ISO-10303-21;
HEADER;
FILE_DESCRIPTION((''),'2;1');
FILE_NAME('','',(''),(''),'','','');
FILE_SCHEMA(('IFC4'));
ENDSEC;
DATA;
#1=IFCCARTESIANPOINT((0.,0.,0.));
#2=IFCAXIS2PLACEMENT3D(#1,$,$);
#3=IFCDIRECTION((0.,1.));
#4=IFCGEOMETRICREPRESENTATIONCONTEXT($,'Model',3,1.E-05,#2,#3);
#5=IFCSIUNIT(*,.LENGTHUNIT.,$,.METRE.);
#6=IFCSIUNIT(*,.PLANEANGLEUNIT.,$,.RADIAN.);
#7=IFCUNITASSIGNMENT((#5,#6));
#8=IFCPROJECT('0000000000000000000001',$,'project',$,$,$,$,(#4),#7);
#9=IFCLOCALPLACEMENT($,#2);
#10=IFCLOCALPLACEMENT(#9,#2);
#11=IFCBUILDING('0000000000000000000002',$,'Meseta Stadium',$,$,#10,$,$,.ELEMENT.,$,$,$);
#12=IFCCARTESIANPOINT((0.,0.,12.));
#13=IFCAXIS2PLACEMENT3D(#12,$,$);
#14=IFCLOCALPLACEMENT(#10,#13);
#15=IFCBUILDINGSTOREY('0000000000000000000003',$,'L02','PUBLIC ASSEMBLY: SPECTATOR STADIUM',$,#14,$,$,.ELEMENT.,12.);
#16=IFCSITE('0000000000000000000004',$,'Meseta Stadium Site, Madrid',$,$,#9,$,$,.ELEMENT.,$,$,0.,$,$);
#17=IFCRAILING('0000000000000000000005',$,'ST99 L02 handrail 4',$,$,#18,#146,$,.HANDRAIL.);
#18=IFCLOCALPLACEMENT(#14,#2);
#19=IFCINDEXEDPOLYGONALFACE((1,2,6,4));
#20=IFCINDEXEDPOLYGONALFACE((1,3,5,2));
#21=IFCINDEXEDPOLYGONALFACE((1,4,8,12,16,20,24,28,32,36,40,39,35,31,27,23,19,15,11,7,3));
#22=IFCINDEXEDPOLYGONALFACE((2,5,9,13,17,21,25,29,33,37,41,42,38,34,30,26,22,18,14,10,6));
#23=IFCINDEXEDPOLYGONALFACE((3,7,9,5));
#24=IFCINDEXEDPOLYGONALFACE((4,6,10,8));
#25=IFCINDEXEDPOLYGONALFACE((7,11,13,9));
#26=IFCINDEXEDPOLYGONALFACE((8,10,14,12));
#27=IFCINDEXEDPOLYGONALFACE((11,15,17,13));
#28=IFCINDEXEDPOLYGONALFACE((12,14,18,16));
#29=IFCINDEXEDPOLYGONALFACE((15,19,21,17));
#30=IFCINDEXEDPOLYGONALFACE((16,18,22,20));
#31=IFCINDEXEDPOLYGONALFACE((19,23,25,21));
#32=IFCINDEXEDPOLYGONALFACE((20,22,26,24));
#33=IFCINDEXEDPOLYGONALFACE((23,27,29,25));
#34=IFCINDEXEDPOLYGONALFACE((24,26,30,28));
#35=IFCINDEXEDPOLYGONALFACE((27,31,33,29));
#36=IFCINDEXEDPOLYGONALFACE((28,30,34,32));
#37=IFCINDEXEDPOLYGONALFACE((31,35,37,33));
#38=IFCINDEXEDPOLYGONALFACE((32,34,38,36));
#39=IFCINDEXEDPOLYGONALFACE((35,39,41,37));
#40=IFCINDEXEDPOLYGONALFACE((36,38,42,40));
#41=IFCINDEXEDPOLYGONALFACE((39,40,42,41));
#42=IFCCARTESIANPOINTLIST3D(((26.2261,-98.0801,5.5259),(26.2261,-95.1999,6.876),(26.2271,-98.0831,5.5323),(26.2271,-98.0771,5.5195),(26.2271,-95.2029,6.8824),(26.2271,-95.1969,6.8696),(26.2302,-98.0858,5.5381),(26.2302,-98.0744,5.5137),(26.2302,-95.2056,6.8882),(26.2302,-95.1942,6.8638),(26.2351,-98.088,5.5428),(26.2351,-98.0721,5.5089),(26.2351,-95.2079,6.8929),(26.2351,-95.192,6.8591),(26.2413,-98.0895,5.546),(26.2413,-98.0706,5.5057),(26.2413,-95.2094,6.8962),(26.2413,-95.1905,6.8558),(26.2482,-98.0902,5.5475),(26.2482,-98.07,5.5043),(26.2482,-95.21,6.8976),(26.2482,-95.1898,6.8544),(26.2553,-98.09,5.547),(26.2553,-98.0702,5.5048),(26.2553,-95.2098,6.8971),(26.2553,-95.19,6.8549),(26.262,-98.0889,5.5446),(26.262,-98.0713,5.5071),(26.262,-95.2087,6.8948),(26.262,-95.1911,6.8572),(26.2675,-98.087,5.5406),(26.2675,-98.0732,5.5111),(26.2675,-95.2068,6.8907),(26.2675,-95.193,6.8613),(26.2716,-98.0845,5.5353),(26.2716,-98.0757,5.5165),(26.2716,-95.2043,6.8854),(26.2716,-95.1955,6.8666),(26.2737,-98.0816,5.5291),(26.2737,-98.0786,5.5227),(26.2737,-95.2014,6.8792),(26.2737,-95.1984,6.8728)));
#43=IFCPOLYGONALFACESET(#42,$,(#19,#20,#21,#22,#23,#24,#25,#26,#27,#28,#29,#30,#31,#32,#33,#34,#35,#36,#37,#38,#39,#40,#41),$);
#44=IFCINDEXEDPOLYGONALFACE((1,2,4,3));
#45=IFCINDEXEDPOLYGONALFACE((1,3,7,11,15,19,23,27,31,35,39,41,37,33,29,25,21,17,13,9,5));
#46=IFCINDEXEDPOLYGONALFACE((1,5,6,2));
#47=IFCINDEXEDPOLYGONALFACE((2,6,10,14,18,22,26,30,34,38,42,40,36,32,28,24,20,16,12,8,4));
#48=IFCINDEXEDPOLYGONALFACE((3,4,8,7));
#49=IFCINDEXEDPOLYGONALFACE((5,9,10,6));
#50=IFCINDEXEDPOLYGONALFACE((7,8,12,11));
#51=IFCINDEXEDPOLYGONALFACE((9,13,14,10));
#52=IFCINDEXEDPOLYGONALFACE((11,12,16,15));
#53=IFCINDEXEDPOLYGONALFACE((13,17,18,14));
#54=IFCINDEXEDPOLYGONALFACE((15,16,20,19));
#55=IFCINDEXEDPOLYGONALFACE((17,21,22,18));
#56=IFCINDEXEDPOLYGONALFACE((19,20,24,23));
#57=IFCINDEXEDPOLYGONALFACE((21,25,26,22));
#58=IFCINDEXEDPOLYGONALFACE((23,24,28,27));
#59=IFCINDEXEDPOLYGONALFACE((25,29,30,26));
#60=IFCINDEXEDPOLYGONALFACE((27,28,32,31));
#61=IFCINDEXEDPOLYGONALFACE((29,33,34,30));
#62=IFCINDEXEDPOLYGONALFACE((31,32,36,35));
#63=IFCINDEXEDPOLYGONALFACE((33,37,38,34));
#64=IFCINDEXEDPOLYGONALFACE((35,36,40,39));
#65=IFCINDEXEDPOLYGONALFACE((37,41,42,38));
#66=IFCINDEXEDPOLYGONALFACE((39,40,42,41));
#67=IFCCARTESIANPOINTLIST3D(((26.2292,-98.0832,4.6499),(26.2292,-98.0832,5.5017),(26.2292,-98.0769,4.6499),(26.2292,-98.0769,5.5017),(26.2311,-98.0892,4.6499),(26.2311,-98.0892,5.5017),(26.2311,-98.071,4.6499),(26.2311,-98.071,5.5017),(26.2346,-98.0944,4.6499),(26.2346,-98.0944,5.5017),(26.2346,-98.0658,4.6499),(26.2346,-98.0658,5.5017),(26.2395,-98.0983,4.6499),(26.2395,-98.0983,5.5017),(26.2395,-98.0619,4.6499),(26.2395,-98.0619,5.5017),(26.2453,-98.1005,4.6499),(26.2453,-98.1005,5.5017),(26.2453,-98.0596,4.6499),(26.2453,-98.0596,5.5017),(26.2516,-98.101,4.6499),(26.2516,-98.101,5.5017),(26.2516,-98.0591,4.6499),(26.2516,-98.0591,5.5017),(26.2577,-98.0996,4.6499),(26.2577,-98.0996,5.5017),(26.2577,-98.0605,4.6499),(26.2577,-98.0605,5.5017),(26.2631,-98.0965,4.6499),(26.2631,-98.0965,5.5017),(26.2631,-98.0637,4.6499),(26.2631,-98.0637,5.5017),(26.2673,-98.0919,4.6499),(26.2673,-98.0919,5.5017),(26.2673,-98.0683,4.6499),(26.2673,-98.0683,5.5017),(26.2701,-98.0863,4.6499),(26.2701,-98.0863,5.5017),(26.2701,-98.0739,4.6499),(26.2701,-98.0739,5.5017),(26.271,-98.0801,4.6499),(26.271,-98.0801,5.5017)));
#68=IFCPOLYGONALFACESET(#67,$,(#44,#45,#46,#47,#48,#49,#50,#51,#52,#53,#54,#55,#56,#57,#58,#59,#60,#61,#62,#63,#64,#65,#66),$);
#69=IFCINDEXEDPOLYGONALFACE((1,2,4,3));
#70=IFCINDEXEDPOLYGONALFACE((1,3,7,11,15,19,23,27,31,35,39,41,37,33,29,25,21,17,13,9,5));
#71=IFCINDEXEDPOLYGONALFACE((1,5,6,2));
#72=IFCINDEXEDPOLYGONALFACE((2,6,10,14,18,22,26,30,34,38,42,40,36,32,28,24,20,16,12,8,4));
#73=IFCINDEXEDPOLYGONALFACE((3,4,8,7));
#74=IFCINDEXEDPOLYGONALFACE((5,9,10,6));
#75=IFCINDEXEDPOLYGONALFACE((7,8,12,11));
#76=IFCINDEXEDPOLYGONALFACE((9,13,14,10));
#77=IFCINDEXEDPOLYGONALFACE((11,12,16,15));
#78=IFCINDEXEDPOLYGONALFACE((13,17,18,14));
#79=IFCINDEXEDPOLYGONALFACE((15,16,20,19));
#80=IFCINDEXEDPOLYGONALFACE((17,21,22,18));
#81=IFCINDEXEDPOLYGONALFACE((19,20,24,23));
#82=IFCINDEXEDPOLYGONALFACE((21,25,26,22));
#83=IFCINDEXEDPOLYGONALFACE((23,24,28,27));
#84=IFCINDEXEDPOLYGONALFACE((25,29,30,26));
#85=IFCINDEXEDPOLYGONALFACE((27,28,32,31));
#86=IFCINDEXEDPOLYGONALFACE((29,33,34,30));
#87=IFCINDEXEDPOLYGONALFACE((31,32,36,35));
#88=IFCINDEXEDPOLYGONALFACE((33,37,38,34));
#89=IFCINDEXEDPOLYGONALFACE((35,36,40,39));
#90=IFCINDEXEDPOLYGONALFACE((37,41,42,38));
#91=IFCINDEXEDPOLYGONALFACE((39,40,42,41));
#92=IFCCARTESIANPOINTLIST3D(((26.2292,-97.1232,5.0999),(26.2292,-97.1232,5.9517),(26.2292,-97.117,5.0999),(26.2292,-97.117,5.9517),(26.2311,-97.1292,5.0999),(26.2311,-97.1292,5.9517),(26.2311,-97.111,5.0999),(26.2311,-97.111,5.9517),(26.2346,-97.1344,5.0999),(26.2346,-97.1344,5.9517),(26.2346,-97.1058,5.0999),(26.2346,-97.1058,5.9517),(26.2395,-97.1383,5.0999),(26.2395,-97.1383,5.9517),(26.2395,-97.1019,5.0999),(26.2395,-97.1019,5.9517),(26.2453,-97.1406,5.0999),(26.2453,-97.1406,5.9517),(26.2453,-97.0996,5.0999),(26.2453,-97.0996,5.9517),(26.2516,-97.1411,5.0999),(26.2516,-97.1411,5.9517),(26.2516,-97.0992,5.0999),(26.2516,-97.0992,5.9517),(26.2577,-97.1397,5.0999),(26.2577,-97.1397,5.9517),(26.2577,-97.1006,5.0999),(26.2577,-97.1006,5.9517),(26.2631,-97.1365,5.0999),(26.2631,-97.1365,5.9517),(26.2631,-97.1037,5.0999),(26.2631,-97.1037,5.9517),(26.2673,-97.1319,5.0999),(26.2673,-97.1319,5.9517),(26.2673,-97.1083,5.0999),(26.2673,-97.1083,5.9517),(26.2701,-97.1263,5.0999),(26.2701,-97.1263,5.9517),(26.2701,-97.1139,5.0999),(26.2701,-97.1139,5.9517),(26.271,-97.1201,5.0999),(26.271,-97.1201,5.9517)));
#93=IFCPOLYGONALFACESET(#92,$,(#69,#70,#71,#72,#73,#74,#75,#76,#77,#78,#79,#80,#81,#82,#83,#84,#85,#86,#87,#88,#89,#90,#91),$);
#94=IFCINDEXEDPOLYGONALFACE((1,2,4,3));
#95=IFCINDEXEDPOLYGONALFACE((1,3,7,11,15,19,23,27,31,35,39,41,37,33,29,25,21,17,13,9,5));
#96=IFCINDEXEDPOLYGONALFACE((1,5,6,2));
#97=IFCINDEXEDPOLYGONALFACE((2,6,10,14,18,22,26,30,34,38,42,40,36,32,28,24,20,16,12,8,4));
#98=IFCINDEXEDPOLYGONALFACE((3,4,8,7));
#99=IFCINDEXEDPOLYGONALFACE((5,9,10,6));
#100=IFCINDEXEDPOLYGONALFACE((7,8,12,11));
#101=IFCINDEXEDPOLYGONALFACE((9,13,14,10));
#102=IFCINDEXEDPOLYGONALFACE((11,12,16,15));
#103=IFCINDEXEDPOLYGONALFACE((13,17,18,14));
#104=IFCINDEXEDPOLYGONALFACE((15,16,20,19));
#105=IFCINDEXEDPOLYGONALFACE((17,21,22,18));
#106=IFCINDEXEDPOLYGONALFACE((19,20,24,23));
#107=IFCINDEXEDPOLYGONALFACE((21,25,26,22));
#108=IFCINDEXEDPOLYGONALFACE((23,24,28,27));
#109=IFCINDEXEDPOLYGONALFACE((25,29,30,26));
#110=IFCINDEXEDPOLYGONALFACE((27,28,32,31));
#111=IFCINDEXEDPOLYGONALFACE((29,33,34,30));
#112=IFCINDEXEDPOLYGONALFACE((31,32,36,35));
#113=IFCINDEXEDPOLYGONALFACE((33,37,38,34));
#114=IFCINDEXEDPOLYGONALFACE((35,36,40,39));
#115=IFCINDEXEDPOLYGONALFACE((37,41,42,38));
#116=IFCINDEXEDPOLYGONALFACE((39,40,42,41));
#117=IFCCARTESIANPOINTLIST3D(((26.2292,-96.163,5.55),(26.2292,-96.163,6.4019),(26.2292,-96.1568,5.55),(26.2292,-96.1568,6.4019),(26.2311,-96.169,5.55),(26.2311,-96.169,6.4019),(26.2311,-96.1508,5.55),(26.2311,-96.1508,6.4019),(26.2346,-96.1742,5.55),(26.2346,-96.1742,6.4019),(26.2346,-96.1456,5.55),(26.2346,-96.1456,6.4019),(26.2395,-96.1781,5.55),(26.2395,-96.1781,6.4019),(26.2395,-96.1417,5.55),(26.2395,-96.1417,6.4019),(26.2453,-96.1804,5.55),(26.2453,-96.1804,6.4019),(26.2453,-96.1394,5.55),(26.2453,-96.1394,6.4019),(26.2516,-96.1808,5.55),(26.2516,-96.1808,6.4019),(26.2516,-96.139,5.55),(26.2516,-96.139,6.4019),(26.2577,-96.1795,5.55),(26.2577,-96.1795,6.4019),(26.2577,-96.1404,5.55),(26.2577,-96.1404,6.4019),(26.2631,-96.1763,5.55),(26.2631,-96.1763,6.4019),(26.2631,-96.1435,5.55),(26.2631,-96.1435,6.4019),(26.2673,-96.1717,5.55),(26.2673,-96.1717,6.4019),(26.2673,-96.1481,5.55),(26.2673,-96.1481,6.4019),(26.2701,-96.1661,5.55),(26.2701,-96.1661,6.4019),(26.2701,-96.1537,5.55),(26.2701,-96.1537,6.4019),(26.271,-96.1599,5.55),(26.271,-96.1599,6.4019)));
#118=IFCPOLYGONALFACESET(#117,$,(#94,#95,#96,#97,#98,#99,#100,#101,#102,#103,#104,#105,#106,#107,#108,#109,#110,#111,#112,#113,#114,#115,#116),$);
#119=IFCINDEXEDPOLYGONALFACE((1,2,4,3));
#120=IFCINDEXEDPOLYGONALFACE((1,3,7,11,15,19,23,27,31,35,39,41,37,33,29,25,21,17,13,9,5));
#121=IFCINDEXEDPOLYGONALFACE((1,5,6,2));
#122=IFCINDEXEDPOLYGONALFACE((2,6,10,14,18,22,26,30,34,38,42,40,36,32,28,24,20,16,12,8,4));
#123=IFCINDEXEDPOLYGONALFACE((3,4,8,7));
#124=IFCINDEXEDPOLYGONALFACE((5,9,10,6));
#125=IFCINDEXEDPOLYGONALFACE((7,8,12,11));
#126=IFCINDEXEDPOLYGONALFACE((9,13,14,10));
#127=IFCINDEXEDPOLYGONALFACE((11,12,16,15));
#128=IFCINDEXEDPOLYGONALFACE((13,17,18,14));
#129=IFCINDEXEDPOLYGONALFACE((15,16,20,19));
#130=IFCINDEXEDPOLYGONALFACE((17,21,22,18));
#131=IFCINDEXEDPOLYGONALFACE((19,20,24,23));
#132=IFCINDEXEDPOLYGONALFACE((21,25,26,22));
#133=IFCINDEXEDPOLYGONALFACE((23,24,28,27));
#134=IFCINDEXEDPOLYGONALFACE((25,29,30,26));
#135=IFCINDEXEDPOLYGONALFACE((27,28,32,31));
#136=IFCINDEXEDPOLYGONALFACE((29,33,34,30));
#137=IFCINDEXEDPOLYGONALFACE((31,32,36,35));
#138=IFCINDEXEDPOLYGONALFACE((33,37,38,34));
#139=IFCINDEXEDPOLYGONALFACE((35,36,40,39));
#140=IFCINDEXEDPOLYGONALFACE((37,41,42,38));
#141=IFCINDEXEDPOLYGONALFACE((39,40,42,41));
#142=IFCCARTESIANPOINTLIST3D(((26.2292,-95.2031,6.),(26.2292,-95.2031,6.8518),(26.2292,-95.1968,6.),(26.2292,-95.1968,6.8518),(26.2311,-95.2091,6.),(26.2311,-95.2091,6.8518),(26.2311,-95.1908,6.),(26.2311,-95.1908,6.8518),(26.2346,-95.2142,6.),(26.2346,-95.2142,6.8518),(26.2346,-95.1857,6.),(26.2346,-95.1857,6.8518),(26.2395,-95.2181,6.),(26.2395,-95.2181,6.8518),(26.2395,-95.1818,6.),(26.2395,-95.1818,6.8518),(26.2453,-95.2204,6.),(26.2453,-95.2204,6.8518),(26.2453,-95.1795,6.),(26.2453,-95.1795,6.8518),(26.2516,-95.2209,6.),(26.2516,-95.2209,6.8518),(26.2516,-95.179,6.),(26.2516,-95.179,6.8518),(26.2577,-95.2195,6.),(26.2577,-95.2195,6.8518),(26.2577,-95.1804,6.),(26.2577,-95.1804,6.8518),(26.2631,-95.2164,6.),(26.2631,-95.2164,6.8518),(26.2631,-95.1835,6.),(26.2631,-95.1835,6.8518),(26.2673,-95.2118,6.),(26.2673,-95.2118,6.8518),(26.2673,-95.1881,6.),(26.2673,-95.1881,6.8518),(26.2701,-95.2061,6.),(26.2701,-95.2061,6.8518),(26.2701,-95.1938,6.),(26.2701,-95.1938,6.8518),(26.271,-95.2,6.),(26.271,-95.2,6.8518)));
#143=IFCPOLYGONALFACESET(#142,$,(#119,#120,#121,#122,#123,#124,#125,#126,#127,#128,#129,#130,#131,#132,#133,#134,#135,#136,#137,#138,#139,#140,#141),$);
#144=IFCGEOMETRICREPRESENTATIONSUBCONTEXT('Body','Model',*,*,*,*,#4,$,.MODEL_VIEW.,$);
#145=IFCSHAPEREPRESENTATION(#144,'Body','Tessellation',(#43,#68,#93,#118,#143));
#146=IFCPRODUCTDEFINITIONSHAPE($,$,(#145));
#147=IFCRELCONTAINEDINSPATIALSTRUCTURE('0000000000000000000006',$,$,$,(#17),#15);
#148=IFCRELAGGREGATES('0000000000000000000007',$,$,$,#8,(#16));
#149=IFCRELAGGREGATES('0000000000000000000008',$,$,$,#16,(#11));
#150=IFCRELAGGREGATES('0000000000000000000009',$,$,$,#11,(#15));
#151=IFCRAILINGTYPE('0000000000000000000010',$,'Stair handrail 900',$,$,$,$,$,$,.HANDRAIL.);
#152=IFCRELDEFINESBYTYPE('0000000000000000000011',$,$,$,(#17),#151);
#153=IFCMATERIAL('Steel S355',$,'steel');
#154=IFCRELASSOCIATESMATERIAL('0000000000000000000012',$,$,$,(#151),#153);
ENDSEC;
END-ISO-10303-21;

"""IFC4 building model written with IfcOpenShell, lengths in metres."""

from ifc_helpers import new_model, si_unit, direction, frame, origin, origin_2d, place, context, subcontext, project, spatial, circle, extrude, material, type_object, element, save


model = new_model("IFC4")

# Units and contexts
model_context = context("Model", 3, precision=1e-05, world=origin(), true_north=direction((0.0, 1.0)))
body_context = subcontext(model_context, "Body", "Model", "MODEL_VIEW")
ifc_project = project(units=[si_unit("LENGTHUNIT", "METRE"), si_unit("PLANEANGLEUNIT", "RADIAN")], contexts=[model_context])

# Site, building, storey
site_placement = place(None, origin())
site = spatial("IfcSite", under=ifc_project, at=site_placement, Name="Meseta Stadium Site, Madrid", CompositionType="ELEMENT", RefElevation=0.0)
building_placement = place(site_placement, origin())
building = spatial("IfcBuilding", under=site, at=building_placement, Name="Meseta Stadium", CompositionType="ELEMENT")
storey_placement = place(building_placement, frame((0.0, 0.0, 12.0)))
storey = spatial("IfcBuildingStorey", under=building, at=storey_placement, Name="L02", Description="PUBLIC ASSEMBLY: SPECTATOR STADIUM", CompositionType="ELEMENT", Elevation=12.0)

# Railing
ifc_material_1 = material(Name="Steel S355", Category="steel")
railing_type_1 = type_object("IfcRailingType", Name="Stair handrail 900", PredefinedType="HANDRAIL", material=ifc_material_1)
for number, where, name in (
    (1, (26.25, -98.0801, 4.6499), "ST99 L02 handrail 4"),
):
    element("IfcRailing", number, at=place(storey_placement, frame(where)), inside=storey, type_object=railing_type_1, Name=name, PredefinedType="HANDRAIL", context=body_context, shape_type="SweptSolid", body=[
        extrude(circle(Radius=0.0239, at=origin_2d()), frame((0.0, 0.0, 0.876), z_axis=(0.0, 0.905454, 0.424444), x_axis=(-1.0, 0.0, 0.0)), (0.0, 0.0, 1.0), 3.1809),
        extrude(circle(Radius=0.021, at=origin_2d()), origin(), (0.0, 0.0, 1.0), 0.8518),
        extrude(circle(Radius=0.021, at=origin_2d()), frame((0.0, 0.96, 0.45)), (0.0, 0.0, 1.0), 0.8518),
        extrude(circle(Radius=0.021, at=origin_2d()), frame((0.0, 1.9202, 0.9001)), (0.0, 0.0, 1.0), 0.8518),
        extrude(circle(Radius=0.021, at=origin_2d()), frame((0.0, 2.8801, 1.3501)), (0.0, 0.0, 1.0), 0.8518),
    ])

save(model, "model.ifc")
